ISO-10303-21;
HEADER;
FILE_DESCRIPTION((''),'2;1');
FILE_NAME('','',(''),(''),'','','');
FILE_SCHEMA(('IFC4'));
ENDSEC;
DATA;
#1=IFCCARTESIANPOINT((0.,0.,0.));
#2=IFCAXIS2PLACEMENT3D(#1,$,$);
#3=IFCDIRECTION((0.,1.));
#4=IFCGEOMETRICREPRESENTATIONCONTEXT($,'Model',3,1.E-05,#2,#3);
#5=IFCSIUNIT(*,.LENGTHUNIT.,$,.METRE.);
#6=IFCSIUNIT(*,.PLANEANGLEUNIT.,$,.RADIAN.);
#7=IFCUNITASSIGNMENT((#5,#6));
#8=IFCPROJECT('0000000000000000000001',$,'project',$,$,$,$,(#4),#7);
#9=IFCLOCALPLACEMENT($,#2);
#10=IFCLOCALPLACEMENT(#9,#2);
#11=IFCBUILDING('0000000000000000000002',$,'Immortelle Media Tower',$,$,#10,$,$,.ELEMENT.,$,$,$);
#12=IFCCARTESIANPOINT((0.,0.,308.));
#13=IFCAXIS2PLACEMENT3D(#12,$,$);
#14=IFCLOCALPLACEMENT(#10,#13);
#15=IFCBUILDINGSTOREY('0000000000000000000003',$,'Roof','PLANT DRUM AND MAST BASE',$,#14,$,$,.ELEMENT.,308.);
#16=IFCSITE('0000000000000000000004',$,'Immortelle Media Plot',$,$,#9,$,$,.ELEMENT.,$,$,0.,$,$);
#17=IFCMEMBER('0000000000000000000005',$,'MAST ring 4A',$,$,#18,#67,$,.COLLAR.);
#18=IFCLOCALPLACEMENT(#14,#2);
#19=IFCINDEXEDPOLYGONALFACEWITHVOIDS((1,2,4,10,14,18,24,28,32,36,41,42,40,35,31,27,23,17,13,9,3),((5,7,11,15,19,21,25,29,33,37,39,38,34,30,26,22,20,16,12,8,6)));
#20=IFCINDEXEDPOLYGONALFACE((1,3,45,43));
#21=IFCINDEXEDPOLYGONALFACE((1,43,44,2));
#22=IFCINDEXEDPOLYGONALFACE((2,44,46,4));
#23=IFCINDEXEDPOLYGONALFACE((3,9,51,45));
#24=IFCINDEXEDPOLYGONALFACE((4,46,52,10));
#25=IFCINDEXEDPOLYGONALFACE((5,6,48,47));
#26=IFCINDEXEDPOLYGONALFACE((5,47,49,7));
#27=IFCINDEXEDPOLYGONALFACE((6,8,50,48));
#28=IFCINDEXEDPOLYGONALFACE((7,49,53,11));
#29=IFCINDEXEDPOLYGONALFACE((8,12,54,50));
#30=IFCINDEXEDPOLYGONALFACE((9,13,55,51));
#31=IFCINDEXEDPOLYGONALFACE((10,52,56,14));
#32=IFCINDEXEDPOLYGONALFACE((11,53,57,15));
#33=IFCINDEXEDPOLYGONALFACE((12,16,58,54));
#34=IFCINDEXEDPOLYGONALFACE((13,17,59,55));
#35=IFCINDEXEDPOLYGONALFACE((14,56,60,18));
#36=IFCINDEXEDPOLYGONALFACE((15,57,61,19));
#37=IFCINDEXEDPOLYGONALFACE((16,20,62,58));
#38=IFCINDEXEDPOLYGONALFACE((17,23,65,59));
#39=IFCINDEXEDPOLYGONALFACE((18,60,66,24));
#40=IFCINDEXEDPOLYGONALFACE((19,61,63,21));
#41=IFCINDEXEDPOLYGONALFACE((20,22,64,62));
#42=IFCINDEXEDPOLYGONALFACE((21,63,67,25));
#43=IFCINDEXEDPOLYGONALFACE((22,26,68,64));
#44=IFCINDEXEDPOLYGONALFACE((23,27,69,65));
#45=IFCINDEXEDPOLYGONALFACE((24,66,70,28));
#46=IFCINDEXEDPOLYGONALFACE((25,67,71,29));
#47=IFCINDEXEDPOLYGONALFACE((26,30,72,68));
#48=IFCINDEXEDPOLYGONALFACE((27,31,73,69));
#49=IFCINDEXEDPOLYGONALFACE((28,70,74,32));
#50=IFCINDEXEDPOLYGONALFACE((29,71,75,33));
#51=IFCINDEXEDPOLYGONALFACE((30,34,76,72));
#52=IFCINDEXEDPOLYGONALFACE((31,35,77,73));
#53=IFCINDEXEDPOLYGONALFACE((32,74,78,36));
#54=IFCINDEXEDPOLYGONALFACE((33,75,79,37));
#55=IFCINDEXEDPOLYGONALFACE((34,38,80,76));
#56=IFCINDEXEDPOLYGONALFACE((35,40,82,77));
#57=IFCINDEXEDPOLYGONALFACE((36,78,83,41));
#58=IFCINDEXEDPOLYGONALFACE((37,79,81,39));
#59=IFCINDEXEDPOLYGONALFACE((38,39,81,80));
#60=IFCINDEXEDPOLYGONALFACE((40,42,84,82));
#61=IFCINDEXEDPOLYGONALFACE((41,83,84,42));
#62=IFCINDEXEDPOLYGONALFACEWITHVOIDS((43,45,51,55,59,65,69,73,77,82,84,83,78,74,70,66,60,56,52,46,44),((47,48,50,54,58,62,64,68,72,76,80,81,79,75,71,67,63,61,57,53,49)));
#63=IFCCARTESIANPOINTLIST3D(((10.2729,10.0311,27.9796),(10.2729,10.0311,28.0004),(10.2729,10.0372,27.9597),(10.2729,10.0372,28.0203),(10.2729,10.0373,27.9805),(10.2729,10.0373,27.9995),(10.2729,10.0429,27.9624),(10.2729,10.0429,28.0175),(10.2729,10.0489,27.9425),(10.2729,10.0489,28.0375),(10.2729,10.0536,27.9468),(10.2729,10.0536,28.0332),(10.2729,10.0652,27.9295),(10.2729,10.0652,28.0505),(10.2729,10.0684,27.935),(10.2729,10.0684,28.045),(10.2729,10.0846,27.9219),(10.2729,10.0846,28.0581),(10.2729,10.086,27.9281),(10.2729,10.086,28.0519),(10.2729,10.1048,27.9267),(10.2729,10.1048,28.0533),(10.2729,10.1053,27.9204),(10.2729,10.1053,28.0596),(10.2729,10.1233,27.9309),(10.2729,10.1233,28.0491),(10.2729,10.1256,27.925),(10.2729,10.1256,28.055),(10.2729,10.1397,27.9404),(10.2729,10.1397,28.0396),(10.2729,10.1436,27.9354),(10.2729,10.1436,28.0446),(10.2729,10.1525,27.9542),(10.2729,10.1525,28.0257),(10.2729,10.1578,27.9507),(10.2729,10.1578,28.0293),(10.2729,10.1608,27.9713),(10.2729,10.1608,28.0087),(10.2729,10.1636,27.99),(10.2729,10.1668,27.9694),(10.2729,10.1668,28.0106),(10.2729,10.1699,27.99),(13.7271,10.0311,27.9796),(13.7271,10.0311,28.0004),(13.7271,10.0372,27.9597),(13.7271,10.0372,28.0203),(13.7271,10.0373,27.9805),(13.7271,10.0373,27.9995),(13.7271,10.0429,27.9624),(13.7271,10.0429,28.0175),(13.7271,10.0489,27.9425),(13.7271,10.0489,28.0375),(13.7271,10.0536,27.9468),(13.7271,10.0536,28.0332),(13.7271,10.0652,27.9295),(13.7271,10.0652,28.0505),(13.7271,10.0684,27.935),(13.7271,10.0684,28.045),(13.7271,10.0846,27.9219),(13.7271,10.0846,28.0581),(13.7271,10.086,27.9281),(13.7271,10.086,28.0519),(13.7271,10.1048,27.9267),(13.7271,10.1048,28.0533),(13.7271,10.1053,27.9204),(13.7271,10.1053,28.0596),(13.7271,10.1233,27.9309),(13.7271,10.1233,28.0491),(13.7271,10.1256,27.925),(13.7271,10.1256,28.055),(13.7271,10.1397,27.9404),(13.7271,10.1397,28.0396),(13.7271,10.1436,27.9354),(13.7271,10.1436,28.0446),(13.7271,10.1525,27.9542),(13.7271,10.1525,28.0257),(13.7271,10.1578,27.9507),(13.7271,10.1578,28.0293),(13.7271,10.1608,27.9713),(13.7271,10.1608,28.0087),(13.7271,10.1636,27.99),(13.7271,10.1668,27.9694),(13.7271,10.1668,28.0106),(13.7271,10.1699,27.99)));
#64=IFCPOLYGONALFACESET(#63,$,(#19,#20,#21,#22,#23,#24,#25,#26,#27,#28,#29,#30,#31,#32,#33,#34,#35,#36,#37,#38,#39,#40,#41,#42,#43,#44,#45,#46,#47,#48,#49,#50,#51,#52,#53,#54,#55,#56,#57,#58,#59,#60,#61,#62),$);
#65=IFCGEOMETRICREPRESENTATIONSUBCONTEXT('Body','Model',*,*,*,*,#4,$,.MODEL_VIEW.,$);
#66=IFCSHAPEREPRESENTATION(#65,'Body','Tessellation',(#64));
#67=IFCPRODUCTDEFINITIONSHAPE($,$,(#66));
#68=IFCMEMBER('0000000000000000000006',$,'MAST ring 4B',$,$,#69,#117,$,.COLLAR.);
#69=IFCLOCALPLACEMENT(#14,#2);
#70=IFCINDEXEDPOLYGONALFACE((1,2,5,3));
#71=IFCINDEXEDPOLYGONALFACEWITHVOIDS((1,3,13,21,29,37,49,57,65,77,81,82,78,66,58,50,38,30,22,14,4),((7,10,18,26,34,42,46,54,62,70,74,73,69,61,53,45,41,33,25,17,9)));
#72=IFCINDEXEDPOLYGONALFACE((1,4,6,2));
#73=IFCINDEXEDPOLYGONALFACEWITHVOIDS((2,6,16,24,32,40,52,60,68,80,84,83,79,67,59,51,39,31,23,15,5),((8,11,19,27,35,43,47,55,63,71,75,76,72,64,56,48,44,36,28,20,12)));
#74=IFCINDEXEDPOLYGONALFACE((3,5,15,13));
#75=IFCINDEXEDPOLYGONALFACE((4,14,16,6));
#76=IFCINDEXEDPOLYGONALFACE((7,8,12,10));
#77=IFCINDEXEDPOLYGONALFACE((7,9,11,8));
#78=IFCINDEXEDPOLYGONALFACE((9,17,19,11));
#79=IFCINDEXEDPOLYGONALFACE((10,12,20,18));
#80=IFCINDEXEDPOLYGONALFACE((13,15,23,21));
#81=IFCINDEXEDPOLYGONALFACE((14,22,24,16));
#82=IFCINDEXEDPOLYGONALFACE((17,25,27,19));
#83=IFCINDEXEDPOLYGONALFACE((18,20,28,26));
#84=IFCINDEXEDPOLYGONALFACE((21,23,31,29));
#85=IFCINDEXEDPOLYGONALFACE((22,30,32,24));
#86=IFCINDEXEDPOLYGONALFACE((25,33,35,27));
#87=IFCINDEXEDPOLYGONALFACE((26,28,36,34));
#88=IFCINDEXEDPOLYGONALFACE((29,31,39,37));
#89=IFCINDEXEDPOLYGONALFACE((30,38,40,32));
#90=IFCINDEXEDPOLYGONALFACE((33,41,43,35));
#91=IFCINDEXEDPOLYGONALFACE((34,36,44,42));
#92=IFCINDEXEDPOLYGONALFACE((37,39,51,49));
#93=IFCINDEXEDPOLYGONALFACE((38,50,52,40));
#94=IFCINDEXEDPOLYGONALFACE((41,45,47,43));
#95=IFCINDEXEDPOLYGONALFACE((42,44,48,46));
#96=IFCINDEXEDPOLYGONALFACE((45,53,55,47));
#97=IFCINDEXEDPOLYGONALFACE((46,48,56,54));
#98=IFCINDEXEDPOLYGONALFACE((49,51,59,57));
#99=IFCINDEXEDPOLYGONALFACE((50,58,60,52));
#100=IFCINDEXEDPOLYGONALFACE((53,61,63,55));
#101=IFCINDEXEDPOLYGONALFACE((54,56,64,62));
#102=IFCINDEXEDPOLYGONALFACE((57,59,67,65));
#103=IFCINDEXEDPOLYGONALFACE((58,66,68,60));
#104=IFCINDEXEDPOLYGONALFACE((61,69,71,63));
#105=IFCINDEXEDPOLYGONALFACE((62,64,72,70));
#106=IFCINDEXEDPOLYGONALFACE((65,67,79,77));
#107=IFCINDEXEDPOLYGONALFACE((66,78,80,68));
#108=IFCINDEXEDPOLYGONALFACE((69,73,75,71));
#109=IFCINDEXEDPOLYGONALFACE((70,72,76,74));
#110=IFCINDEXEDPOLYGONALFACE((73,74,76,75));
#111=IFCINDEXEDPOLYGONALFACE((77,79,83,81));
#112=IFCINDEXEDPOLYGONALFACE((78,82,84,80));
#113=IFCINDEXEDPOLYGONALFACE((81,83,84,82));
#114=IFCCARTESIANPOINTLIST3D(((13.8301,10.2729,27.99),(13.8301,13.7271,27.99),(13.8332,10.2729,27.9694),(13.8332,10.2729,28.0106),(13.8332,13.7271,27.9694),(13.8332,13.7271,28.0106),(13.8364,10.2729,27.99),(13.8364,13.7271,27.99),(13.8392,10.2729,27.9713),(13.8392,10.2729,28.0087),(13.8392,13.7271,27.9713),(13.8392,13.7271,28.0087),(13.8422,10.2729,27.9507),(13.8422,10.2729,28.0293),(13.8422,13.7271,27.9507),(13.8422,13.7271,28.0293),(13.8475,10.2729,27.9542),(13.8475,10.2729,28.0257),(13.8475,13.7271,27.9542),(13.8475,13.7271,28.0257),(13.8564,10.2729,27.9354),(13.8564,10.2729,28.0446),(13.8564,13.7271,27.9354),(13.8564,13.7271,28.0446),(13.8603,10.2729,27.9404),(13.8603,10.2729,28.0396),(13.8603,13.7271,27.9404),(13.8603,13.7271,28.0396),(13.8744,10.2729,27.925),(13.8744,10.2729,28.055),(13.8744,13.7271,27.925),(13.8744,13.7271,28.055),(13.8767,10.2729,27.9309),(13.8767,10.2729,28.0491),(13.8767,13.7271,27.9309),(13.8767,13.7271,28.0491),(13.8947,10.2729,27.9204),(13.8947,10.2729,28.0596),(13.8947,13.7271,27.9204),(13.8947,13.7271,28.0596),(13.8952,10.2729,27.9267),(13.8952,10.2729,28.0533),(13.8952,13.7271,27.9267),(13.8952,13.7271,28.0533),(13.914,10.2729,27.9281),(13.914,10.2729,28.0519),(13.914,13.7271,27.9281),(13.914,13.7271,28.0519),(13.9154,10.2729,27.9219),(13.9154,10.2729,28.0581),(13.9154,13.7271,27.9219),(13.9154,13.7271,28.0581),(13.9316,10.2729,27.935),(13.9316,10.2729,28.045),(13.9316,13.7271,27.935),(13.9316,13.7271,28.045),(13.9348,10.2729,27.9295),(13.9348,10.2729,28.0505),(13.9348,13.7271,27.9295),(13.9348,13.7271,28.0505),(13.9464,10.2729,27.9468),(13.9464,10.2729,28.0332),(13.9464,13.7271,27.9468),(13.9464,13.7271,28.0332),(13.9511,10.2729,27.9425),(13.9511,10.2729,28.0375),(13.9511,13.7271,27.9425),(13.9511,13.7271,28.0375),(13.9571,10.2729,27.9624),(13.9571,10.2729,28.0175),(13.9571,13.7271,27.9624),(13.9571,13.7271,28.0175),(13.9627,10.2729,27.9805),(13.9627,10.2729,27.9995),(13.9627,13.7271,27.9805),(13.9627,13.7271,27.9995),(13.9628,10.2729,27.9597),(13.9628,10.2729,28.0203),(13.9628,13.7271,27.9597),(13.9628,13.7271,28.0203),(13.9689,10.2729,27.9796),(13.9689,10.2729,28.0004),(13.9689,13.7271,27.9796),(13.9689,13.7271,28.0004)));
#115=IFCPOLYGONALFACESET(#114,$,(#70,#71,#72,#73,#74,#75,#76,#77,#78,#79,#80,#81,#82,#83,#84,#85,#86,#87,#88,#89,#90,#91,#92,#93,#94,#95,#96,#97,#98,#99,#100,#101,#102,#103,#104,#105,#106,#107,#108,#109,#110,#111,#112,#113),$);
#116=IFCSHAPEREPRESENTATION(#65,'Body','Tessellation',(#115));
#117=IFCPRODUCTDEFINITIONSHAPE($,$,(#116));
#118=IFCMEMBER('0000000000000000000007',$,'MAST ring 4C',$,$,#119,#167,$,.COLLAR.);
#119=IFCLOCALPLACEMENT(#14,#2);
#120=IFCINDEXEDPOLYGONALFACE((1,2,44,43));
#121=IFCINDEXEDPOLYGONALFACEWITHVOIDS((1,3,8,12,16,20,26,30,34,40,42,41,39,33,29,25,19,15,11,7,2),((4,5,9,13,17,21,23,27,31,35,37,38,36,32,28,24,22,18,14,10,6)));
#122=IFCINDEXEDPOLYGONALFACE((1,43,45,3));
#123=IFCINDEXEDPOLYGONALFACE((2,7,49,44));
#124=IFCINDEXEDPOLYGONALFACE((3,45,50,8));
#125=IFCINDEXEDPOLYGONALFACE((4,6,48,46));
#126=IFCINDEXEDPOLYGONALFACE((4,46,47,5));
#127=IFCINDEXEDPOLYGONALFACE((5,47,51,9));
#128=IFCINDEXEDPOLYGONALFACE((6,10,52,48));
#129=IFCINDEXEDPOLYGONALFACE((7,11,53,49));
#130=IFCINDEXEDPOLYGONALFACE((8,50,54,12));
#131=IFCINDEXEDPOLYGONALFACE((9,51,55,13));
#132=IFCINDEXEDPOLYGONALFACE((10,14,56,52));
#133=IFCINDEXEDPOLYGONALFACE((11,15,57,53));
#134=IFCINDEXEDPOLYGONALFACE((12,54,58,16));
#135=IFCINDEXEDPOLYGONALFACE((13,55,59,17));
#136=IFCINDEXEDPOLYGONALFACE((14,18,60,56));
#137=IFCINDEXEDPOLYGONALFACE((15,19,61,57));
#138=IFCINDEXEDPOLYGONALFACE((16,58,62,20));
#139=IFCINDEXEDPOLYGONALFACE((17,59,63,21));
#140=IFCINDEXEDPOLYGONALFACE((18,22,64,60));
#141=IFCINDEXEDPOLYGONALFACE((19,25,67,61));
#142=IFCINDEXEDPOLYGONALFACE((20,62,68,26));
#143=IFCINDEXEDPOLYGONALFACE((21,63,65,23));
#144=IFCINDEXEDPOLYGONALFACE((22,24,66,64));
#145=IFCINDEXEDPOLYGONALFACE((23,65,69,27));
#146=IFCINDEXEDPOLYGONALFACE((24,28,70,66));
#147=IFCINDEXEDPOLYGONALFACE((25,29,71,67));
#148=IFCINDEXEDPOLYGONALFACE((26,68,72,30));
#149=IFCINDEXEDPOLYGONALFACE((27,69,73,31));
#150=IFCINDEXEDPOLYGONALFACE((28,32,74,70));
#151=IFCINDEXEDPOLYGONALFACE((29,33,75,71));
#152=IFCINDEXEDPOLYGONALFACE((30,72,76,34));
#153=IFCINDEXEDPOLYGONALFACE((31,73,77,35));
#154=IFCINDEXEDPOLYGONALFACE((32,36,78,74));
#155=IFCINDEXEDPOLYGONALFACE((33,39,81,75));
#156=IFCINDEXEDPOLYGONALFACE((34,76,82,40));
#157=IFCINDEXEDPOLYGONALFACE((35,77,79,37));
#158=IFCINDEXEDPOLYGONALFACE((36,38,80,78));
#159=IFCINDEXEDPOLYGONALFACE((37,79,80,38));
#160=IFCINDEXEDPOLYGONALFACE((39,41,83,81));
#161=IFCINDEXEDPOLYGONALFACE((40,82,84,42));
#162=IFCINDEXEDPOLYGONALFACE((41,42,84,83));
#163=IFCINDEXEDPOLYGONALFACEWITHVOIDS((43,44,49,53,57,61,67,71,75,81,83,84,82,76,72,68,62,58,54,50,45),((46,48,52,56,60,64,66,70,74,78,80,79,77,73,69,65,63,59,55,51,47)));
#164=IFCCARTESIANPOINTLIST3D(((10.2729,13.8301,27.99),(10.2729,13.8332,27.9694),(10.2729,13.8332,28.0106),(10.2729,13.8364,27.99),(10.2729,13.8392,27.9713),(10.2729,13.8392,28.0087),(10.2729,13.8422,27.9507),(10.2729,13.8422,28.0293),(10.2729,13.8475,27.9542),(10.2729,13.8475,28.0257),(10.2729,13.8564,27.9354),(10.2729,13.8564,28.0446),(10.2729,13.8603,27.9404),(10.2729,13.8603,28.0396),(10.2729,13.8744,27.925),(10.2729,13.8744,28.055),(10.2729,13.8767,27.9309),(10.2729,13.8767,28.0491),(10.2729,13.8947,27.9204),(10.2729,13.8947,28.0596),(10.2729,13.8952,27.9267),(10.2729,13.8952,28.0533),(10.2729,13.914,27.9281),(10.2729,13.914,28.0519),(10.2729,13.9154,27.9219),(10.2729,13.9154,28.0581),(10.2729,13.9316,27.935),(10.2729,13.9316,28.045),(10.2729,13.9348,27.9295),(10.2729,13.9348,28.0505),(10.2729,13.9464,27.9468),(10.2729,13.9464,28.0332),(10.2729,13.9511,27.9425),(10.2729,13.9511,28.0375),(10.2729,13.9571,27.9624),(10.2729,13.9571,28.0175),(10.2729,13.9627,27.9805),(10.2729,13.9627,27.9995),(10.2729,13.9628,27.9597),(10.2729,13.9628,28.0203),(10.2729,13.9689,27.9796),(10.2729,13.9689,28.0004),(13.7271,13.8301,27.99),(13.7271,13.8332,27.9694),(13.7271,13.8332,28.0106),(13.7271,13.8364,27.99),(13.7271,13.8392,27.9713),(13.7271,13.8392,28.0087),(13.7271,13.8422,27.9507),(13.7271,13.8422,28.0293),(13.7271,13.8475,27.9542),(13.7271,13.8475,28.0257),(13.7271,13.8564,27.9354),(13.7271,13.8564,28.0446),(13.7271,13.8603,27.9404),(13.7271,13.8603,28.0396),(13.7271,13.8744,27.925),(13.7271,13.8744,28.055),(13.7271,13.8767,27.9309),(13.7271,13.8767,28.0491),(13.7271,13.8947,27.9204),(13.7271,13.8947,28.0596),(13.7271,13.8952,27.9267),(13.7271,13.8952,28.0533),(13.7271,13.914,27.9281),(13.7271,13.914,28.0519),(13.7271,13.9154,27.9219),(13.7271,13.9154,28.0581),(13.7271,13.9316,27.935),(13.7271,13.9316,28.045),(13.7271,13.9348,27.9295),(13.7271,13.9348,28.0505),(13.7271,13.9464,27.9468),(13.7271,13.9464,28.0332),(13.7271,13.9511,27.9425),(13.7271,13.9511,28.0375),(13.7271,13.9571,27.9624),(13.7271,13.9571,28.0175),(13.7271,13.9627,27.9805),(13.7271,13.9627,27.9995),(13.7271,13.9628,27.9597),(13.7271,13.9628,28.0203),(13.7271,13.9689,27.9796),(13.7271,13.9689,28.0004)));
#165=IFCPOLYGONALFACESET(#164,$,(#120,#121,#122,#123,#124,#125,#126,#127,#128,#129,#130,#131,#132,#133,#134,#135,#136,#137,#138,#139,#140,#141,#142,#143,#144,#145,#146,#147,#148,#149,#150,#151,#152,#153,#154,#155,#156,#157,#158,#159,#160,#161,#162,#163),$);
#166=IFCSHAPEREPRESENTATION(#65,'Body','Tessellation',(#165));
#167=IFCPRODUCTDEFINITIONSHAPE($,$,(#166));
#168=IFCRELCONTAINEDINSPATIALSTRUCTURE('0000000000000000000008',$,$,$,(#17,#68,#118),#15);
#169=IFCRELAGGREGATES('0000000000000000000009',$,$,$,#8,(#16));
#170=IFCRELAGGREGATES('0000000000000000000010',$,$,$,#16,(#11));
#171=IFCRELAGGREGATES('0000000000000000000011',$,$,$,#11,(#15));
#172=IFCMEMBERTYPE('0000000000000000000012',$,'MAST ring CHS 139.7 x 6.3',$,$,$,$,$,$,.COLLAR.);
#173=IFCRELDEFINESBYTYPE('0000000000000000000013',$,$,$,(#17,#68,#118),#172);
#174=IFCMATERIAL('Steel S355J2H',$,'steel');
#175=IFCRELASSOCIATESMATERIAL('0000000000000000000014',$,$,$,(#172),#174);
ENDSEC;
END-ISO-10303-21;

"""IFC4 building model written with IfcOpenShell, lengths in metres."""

from ifc_helpers import new_model, si_unit, direction, frame, origin, origin_2d, place, context, subcontext, project, spatial, hollow_circle, extrude, material, material_profile, profile_set, type_object, element, save


model = new_model("IFC4")

# Units and contexts
model_context = context("Model", 3, precision=1e-05, world=origin(), true_north=direction((0.0, 1.0)))
body_context = subcontext(model_context, "Body", "Model", "MODEL_VIEW")
ifc_project = project(units=[si_unit("LENGTHUNIT", "METRE"), si_unit("PLANEANGLEUNIT", "RADIAN")], contexts=[model_context])

# Site, building, storey
site_placement = place(None, origin())
site = spatial("IfcSite", under=ifc_project, at=site_placement, Name="Immortelle Media Plot", CompositionType="ELEMENT", RefElevation=0.0)
building_placement = place(site_placement, origin())
building = spatial("IfcBuilding", under=site, at=building_placement, Name="Immortelle Media Tower", CompositionType="ELEMENT")
storey_placement = place(building_placement, frame((0.0, 0.0, 308.0)))
storey = spatial("IfcBuildingStorey", under=building, at=storey_placement, Name="Roof", Description="PLANT DRUM AND MAST BASE", CompositionType="ELEMENT", Elevation=308.0)

# Members
ifc_material_1 = material(Name="Steel S355J2H", Category="steel")
ifc_material_profile_1 = material_profile(ifc_material_1, hollow_circle(Radius=0.0698, WallThickness=0.0063, at=origin_2d()), Name="CHS 139.7 x 6.3")
ifc_profile_set_1 = profile_set([ifc_material_profile_1], Name="Steel S355J2H")
member_type_1 = type_object("IfcMemberType", Name="MAST ring CHS 139.7 x 6.3", PredefinedType="COLLAR", material=ifc_profile_set_1)
for number, where, z_axis, x_axis, name in (
    (1, (10.2729, 10.1001, 27.99), (1.0, 0.0, 0.0), (0.0, 1.0, 0.0), "MAST ring 4A"),
    (2, (13.8999, 10.2729, 27.99), (0.0, 1.0, 0.0), (-1.0, 0.0, 0.0), "MAST ring 4B"),
    (3, (13.7271, 13.8999, 27.99), (-1.0, 0.0, 0.0), (0.0, -1.0, 0.0), "MAST ring 4C"),
):
    element("IfcMember", number, at=place(storey_placement, frame(where, z_axis=z_axis, x_axis=x_axis)), inside=storey, type_object=member_type_1, Name=name, PredefinedType="COLLAR", context=body_context, shape_type="SweptSolid", body=[
        extrude(hollow_circle(Radius=0.0698, WallThickness=0.0063, at=origin_2d()), origin(), (0.0, 0.0, 1.0), 3.4541),
    ])

save(model, "model.ifc")
